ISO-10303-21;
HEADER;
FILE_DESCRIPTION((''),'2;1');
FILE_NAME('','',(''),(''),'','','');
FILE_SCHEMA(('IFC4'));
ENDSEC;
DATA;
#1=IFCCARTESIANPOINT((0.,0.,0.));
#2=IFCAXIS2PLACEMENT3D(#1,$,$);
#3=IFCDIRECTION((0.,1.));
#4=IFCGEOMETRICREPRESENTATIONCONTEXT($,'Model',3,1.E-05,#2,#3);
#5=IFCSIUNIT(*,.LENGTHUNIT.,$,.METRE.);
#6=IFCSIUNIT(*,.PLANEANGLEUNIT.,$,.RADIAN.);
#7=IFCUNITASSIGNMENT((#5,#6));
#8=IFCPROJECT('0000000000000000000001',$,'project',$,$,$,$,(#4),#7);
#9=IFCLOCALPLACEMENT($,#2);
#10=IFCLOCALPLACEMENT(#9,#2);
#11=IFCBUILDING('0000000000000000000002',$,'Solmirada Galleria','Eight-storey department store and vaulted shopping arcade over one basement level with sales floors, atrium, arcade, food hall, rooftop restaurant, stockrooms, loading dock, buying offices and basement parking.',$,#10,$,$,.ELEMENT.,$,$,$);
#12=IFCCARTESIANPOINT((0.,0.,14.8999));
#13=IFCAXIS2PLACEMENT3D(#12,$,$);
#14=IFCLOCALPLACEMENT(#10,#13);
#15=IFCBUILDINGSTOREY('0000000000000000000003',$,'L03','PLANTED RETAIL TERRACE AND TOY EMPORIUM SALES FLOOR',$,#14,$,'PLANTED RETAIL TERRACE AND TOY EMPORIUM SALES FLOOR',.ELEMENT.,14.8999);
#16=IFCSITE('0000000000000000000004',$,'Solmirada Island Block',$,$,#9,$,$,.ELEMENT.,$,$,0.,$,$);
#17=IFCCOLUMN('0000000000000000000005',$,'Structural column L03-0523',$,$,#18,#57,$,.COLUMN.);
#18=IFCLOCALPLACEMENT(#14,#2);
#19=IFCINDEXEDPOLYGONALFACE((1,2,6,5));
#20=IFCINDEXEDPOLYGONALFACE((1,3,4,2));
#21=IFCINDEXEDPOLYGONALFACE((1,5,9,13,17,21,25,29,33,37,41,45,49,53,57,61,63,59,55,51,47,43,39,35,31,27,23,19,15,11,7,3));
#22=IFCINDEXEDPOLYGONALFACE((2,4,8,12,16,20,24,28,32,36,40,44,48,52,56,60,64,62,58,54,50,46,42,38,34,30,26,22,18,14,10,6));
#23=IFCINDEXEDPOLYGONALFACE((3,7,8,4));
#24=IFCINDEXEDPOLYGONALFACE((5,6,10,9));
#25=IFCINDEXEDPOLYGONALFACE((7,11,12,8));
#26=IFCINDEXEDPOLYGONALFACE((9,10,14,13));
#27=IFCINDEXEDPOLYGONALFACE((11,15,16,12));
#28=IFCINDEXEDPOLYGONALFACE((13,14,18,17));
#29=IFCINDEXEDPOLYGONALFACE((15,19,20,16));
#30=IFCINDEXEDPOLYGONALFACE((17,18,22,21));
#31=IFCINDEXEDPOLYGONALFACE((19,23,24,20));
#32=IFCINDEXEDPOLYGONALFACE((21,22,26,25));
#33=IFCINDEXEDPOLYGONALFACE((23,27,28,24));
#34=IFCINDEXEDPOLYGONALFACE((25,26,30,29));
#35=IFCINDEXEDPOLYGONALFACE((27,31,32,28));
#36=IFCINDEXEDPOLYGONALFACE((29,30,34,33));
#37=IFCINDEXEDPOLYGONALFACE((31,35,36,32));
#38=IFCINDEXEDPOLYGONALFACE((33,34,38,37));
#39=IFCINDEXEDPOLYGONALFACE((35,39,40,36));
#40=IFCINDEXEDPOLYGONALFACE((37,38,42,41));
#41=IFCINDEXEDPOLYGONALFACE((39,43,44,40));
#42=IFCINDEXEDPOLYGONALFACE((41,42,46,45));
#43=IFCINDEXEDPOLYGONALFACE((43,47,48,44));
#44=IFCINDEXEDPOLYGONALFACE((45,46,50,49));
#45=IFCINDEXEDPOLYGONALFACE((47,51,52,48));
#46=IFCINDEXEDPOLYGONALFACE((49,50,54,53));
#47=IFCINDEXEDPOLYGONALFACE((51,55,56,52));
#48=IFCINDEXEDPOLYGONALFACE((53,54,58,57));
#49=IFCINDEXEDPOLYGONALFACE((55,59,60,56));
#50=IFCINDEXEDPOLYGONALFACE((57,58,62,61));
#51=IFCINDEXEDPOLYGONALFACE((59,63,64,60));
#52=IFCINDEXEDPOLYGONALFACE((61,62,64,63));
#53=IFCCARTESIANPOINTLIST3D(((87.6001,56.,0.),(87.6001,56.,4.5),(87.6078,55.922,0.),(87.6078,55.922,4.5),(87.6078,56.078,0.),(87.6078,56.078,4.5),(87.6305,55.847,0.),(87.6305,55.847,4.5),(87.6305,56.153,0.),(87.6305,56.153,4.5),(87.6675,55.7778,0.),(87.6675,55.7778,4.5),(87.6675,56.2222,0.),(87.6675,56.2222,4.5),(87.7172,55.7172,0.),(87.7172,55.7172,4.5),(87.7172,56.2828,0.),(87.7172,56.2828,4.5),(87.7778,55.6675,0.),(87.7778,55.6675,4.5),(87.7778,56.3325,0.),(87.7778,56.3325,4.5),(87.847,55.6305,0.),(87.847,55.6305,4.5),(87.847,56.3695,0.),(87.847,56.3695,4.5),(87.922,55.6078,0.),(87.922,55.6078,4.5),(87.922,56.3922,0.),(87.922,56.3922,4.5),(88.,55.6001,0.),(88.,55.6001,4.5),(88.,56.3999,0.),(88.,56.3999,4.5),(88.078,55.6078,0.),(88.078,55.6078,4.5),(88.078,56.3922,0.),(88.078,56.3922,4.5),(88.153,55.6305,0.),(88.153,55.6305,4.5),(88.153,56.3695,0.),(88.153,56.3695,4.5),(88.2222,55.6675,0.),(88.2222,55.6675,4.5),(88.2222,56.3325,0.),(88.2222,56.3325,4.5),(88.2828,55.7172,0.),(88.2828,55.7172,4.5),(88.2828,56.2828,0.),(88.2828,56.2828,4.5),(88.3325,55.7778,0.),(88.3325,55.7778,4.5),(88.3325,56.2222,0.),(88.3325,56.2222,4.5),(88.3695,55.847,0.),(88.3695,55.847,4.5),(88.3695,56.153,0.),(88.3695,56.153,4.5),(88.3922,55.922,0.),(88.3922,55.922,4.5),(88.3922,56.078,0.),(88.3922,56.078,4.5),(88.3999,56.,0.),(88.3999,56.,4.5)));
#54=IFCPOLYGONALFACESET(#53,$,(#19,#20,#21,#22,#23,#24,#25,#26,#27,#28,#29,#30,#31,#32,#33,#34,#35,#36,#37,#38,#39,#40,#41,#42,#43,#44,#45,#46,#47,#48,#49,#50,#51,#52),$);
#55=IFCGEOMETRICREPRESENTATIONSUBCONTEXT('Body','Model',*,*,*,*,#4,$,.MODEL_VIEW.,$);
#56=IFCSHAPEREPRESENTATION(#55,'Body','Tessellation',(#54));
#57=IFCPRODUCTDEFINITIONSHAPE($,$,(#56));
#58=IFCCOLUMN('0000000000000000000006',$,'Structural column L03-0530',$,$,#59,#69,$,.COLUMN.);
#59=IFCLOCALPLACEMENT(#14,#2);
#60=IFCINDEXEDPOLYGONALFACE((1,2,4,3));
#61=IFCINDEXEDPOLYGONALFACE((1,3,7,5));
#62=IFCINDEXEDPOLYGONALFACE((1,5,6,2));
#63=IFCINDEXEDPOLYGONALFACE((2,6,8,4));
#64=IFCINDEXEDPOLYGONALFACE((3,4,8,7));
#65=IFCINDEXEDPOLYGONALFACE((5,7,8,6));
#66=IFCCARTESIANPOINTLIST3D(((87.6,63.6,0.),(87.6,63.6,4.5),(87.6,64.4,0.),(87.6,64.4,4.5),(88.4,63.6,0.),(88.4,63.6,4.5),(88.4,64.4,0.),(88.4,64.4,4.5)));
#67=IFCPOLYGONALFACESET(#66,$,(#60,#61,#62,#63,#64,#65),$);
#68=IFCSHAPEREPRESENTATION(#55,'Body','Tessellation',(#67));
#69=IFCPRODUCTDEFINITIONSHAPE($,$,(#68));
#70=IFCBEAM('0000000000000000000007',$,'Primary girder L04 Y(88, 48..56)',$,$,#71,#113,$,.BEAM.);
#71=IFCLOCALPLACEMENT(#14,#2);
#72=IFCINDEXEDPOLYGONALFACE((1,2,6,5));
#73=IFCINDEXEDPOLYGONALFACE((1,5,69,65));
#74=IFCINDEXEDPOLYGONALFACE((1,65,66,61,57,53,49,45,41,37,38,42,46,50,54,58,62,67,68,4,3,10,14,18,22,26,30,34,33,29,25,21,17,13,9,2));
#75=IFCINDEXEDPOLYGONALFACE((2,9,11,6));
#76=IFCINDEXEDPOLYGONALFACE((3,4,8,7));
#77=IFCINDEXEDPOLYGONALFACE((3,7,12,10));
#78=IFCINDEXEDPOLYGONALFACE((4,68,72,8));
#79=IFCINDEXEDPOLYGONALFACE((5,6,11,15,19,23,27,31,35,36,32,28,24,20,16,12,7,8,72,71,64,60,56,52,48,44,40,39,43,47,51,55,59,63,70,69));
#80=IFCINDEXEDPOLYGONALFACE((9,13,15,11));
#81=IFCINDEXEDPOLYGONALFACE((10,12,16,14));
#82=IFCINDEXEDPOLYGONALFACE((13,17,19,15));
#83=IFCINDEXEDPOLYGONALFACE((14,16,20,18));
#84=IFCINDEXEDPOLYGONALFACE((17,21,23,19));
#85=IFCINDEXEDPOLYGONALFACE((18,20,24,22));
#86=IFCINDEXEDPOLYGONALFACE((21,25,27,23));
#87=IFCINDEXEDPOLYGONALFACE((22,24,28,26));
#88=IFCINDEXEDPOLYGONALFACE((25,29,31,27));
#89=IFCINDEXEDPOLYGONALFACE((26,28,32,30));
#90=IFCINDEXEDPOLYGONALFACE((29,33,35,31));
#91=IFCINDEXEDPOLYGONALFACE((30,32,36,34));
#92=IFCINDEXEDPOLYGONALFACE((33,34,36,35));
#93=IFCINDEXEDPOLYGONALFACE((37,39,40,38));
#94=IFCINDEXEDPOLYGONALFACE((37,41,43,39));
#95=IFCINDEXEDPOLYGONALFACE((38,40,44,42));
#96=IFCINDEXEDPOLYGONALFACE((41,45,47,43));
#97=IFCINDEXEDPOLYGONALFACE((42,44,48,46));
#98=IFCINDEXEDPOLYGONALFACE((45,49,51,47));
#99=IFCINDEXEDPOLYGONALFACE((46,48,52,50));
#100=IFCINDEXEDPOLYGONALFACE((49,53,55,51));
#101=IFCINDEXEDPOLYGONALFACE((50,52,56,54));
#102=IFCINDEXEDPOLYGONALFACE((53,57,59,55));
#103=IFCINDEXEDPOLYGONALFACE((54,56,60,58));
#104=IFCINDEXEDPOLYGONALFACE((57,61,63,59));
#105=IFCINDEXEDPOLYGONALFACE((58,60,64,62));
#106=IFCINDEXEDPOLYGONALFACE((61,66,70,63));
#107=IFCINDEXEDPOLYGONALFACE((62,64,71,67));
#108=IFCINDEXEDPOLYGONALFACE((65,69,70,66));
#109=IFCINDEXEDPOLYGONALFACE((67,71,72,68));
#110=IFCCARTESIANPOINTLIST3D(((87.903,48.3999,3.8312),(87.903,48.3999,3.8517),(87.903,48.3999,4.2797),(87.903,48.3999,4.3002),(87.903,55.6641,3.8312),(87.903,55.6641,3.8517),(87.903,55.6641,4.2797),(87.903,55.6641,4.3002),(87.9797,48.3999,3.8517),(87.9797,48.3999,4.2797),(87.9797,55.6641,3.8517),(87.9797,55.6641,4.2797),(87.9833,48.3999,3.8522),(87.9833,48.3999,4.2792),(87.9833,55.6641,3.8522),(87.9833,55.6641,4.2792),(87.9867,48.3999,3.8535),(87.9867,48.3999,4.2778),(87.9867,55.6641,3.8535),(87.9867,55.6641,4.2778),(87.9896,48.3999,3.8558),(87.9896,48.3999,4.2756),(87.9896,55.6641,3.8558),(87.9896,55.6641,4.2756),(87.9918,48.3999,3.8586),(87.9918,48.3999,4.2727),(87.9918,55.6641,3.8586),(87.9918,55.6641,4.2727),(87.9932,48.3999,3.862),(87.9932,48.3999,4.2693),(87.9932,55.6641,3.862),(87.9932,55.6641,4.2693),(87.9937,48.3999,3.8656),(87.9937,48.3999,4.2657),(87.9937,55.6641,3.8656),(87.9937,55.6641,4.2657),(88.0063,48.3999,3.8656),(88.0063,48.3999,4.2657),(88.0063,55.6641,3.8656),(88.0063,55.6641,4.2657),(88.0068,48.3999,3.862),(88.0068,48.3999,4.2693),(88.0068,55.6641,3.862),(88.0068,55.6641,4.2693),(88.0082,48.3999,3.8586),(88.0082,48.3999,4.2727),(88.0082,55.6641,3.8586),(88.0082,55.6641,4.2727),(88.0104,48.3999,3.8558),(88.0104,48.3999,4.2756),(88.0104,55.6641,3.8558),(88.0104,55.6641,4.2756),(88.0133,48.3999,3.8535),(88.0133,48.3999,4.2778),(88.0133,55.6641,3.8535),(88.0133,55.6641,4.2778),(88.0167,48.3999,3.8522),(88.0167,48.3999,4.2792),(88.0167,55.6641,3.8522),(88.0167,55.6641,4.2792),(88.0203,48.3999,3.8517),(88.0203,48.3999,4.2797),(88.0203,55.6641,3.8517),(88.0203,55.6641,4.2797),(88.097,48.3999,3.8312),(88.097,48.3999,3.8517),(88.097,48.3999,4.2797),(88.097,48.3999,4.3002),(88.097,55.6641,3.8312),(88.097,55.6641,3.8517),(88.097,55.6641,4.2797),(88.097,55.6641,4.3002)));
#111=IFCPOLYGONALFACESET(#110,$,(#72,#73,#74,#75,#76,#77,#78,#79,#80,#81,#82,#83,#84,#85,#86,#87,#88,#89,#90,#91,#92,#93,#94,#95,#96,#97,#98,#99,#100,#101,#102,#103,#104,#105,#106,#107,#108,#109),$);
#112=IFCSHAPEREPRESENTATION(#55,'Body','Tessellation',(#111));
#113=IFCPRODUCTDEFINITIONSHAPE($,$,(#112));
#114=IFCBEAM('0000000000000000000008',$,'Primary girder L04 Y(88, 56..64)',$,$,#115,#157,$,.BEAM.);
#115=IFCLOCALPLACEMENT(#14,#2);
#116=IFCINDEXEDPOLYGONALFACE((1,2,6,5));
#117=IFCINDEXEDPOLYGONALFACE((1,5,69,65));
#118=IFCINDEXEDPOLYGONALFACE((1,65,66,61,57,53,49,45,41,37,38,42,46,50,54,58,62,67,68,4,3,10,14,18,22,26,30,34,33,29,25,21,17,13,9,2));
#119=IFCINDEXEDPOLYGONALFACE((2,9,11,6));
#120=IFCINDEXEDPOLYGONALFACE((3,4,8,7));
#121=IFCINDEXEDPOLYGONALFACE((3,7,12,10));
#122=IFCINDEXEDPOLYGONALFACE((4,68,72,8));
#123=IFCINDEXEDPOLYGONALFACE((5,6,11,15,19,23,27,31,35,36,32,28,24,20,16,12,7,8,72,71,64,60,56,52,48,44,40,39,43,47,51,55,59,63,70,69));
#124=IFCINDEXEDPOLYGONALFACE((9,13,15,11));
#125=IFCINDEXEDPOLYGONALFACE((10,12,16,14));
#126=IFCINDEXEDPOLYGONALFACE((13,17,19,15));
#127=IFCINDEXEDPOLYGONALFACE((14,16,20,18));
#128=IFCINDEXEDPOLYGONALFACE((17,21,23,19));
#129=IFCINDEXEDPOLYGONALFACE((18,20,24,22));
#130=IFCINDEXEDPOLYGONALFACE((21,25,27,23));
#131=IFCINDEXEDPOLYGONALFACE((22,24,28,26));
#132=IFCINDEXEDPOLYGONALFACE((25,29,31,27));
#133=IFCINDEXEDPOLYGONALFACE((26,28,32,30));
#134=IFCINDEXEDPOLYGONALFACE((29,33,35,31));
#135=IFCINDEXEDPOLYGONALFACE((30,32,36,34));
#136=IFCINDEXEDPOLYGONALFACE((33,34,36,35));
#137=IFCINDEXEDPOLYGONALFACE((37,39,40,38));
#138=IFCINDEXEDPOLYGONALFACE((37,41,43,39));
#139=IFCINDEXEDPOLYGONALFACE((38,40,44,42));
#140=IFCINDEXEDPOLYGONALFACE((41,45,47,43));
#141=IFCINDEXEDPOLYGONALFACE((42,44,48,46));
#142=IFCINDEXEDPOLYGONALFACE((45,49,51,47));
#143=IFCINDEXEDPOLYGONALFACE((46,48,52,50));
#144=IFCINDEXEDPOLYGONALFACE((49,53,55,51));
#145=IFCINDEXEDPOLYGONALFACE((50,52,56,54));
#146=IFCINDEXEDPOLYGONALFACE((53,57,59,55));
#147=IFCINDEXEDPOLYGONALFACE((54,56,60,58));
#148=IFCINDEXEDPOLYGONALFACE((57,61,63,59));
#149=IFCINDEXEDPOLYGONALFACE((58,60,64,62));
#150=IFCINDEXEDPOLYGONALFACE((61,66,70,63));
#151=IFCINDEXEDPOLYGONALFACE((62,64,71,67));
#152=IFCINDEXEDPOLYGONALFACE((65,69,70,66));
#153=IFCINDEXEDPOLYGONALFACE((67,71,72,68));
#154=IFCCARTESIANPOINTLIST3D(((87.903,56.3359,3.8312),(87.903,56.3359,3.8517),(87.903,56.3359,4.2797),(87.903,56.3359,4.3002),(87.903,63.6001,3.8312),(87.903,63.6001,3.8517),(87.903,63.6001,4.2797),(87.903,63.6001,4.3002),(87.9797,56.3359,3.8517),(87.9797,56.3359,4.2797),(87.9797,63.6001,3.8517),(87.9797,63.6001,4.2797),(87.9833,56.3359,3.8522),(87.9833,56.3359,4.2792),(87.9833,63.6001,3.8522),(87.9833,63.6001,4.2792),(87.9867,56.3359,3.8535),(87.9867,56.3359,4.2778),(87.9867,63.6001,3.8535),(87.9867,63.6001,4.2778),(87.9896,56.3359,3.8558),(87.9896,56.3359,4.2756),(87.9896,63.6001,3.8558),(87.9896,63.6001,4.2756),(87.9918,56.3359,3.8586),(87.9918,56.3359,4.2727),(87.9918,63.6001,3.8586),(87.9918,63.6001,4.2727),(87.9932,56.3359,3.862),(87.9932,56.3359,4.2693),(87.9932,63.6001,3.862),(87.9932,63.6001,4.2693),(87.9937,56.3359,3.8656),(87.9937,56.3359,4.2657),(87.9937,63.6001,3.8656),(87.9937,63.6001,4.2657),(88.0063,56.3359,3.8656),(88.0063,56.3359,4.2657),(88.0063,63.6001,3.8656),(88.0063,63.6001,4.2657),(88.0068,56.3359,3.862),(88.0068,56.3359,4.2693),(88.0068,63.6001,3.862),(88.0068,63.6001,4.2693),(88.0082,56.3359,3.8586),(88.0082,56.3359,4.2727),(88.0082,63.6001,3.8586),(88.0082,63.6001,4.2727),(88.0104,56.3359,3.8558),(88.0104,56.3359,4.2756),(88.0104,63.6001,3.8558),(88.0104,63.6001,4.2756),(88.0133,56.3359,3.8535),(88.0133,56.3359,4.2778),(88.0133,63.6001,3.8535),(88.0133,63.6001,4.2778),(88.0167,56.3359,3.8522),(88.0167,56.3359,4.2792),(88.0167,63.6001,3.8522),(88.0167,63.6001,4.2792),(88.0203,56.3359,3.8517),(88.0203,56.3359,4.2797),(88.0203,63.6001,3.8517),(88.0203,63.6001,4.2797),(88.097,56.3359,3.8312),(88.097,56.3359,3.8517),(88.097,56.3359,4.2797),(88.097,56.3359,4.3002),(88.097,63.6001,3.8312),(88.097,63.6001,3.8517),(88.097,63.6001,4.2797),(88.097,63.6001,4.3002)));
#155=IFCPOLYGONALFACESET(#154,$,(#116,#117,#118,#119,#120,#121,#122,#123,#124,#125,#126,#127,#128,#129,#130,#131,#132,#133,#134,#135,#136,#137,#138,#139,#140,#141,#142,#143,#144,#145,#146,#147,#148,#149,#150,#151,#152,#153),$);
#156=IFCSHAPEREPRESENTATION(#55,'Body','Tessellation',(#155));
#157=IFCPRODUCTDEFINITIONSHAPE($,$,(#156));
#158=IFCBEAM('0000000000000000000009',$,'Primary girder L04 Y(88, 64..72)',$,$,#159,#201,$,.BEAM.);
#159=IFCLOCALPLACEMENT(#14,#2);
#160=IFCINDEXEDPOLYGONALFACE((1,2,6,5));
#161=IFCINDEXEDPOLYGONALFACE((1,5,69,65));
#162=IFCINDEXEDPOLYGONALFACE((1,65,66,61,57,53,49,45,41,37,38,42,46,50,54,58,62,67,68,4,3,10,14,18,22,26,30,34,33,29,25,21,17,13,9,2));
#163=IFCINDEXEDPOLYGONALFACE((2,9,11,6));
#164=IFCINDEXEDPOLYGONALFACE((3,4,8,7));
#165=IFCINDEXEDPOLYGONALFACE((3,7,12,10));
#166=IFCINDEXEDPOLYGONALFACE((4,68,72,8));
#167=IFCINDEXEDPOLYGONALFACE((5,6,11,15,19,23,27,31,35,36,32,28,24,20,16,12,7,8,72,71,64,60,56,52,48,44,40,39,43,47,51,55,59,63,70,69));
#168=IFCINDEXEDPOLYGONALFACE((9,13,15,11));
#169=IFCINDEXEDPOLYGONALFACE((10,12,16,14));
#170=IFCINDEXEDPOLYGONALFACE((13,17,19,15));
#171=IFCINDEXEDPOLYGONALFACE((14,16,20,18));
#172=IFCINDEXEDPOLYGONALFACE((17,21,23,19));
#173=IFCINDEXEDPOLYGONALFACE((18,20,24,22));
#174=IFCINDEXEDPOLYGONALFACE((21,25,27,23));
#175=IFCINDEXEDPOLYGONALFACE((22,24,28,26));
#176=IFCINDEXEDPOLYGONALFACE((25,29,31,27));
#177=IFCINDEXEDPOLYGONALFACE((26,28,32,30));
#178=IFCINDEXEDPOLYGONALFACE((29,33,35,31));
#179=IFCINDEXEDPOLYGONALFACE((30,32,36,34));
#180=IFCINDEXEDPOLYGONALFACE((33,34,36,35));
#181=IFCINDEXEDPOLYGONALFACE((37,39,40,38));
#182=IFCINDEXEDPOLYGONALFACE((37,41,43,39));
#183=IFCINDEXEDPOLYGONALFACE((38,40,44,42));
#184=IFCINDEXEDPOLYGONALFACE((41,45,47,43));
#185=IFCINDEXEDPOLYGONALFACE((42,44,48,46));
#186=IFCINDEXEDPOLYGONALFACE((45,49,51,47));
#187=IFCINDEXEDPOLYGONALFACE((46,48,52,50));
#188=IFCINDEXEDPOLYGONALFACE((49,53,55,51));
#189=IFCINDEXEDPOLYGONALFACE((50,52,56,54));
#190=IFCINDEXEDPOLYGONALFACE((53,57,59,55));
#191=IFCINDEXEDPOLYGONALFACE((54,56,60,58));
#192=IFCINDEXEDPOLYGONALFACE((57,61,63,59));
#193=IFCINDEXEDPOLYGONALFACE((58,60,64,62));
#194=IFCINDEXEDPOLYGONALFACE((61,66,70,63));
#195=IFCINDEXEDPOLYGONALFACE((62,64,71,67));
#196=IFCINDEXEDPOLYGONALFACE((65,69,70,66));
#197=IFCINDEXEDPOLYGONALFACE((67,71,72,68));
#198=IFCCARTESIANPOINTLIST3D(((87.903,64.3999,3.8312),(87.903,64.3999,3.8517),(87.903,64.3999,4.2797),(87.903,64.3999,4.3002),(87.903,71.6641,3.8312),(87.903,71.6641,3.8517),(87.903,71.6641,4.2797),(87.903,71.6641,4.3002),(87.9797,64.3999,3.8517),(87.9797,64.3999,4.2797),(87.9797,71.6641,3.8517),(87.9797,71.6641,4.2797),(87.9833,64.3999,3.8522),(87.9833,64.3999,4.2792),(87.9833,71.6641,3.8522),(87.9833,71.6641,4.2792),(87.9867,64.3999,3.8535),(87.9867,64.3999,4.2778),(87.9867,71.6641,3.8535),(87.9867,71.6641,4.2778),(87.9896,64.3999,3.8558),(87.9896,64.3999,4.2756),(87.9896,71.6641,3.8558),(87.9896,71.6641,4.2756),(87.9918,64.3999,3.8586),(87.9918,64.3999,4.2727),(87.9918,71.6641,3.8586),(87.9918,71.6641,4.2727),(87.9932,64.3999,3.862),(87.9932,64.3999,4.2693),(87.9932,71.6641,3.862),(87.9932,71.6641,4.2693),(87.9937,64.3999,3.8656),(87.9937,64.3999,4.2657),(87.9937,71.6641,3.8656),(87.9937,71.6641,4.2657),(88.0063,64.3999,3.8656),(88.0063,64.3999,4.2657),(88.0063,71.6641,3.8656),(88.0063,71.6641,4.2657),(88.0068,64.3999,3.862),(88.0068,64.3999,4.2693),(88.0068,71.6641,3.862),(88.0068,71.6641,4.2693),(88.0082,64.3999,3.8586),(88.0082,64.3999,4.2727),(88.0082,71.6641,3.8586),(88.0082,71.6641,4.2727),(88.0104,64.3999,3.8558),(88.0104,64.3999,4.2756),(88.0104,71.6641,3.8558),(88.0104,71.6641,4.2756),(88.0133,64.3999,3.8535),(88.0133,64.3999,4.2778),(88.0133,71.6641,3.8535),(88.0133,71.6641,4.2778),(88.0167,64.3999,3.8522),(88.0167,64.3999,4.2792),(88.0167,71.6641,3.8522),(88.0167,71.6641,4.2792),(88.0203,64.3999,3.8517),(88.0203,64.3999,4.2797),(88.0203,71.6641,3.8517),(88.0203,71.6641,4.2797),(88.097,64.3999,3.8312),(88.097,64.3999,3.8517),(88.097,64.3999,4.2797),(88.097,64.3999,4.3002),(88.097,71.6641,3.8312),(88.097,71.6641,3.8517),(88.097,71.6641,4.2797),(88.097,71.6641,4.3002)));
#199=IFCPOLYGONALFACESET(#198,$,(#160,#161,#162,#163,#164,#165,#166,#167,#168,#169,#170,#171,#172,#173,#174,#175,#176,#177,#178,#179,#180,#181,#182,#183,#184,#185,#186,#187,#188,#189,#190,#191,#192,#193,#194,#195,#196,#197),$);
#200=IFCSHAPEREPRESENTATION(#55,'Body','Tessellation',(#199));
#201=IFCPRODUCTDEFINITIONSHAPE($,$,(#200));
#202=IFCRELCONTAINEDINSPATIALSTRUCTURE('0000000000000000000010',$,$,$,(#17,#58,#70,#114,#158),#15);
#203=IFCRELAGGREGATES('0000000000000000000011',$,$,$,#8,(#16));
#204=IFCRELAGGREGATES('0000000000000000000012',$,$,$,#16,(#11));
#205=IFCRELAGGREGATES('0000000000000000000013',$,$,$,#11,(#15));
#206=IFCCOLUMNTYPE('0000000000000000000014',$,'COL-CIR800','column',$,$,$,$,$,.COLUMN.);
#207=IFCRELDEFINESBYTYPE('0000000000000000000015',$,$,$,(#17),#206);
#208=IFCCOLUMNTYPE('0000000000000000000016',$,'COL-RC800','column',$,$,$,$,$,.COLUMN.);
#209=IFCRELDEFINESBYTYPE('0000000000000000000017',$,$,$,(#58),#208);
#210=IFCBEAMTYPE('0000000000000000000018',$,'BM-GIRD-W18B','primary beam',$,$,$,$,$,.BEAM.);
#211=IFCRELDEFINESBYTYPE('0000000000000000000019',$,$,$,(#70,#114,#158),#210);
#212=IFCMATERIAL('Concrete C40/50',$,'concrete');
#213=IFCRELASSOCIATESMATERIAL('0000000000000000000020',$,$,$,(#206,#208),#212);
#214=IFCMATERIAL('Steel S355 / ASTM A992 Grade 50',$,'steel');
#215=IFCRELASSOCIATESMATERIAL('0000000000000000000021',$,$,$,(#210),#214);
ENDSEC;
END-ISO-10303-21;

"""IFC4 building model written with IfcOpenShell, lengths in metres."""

from ifc_helpers import new_model, si_unit, direction, frame, origin, origin_2d, place, context, subcontext, project, spatial, rectangle, circle, i_section, extrude, material, material_profile, profile_set, type_object, element, save


model = new_model("IFC4")

# Units and contexts
model_context = context("Model", 3, precision=1e-05, world=origin(), true_north=direction((0.0, 1.0)))
body_context = subcontext(model_context, "Body", "Model", "MODEL_VIEW")
ifc_project = project(units=[si_unit("LENGTHUNIT", "METRE"), si_unit("PLANEANGLEUNIT", "RADIAN")], contexts=[model_context])

# Site, building, storey
site_placement = place(None, origin())
site = spatial("IfcSite", under=ifc_project, at=site_placement, Name="Solmirada Island Block", CompositionType="ELEMENT", RefElevation=0.0)
building_placement = place(site_placement, origin())
building = spatial("IfcBuilding", under=site, at=building_placement, Name="Solmirada Galleria", Description="Eight-storey department store and vaulted shopping arcade over one basement level with sales floors, atrium, arcade, food hall, rooftop restaurant, stockrooms, loading dock, buying offices and basement parking.", CompositionType="ELEMENT")
storey_placement = place(building_placement, frame((0.0, 0.0, 14.8999)))
storey = spatial("IfcBuildingStorey", under=building, at=storey_placement, Name="L03", Description="PLANTED RETAIL TERRACE AND TOY EMPORIUM SALES FLOOR", LongName="PLANTED RETAIL TERRACE AND TOY EMPORIUM SALES FLOOR", CompositionType="ELEMENT", Elevation=14.8999)

# Columns
ifc_material_1 = material(Name="Concrete C40/50", Category="concrete")
ifc_material_profile_1 = material_profile(ifc_material_1, circle(Radius=0.3999, at=origin_2d()), Name="RCCOL800")
ifc_profile_set_1 = profile_set([ifc_material_profile_1], Name="Concrete C40/50")
column_type_1 = type_object("IfcColumnType", Name="COL-CIR800", Description="column", PredefinedType="COLUMN", material=ifc_profile_set_1)
column_1_placement = place(storey_placement, frame((88.0, 56.0, 0.0), z_axis=(0.0, 0.0, 1.0), x_axis=(1.0, 0.0, 0.0)))
element("IfcColumn", 1, at=column_1_placement, inside=storey, type_object=column_type_1, Name="Structural column L03-0523", PredefinedType="COLUMN", context=body_context, shape_type="SweptSolid", body=[
    extrude(circle(Radius=0.3999, at=origin_2d()), origin(), (0.0, 0.0, 1.0), 4.5),
])
ifc_material_profile_2 = material_profile(ifc_material_1, rectangle(XDim=0.8, YDim=0.8, at=origin_2d()), Name="RC800X800")
ifc_profile_set_2 = profile_set([ifc_material_profile_2], Name="Concrete C40/50")
column_type_2 = type_object("IfcColumnType", Name="COL-RC800", Description="column", PredefinedType="COLUMN", material=ifc_profile_set_2)
column_2_placement = place(storey_placement, frame((88.0, 64.0, 0.0), z_axis=(0.0, 0.0, 1.0), x_axis=(1.0, 0.0, 0.0)))
element("IfcColumn", 2, at=column_2_placement, inside=storey, type_object=column_type_2, Name="Structural column L03-0530", PredefinedType="COLUMN", context=body_context, shape_type="SweptSolid", body=[
    extrude(rectangle(XDim=0.8, YDim=0.8, at=origin_2d()), origin(), (0.0, 0.0, 1.0), 4.5),
])

# Beams
ifc_material_2 = material(Name="Steel S355 / ASTM A992 Grade 50", Category="steel")
ifc_material_profile_3 = material_profile(ifc_material_2, i_section(OverallWidth=0.1941, OverallDepth=0.469, WebThickness=0.0127, FlangeThickness=0.0205, FilletRadius=0.0139, at=origin_2d()), Name="W18X71")
ifc_profile_set_3 = profile_set([ifc_material_profile_3], Name="Steel S355 / ASTM A992 Grade 50")
beam_type = type_object("IfcBeamType", Name="BM-GIRD-W18B", Description="primary beam", PredefinedType="BEAM", material=ifc_profile_set_3)
for number, where, z_axis, x_axis, name in (
    (3, (88.0, 48.3999, 4.0657), (0.0, 1.0, 0.0), (-1.0, 0.0, 0.0), "Primary girder L04 Y(88, 48..56)"),
    (4, (88.0, 56.3359, 4.0657), (0.0, 1.0, 0.0), (-1.0, 0.0, 0.0), "Primary girder L04 Y(88, 56..64)"),
    (5, (88.0, 64.3999, 4.0657), (0.0, 1.0, 0.0), (-1.0, 0.0, 0.0), "Primary girder L04 Y(88, 64..72)"),
):
    element("IfcBeam", number, at=place(storey_placement, frame(where, z_axis=z_axis, x_axis=x_axis)), inside=storey, type_object=beam_type, Name=name, PredefinedType="BEAM", context=body_context, shape_type="SweptSolid", body=[
        extrude(i_section(OverallWidth=0.1941, OverallDepth=0.469, WebThickness=0.0127, FlangeThickness=0.0205, FilletRadius=0.0139, at=origin_2d()), origin(), (0.0, 0.0, 1.0), 7.2642),
    ])

save(model, "model.ifc")
